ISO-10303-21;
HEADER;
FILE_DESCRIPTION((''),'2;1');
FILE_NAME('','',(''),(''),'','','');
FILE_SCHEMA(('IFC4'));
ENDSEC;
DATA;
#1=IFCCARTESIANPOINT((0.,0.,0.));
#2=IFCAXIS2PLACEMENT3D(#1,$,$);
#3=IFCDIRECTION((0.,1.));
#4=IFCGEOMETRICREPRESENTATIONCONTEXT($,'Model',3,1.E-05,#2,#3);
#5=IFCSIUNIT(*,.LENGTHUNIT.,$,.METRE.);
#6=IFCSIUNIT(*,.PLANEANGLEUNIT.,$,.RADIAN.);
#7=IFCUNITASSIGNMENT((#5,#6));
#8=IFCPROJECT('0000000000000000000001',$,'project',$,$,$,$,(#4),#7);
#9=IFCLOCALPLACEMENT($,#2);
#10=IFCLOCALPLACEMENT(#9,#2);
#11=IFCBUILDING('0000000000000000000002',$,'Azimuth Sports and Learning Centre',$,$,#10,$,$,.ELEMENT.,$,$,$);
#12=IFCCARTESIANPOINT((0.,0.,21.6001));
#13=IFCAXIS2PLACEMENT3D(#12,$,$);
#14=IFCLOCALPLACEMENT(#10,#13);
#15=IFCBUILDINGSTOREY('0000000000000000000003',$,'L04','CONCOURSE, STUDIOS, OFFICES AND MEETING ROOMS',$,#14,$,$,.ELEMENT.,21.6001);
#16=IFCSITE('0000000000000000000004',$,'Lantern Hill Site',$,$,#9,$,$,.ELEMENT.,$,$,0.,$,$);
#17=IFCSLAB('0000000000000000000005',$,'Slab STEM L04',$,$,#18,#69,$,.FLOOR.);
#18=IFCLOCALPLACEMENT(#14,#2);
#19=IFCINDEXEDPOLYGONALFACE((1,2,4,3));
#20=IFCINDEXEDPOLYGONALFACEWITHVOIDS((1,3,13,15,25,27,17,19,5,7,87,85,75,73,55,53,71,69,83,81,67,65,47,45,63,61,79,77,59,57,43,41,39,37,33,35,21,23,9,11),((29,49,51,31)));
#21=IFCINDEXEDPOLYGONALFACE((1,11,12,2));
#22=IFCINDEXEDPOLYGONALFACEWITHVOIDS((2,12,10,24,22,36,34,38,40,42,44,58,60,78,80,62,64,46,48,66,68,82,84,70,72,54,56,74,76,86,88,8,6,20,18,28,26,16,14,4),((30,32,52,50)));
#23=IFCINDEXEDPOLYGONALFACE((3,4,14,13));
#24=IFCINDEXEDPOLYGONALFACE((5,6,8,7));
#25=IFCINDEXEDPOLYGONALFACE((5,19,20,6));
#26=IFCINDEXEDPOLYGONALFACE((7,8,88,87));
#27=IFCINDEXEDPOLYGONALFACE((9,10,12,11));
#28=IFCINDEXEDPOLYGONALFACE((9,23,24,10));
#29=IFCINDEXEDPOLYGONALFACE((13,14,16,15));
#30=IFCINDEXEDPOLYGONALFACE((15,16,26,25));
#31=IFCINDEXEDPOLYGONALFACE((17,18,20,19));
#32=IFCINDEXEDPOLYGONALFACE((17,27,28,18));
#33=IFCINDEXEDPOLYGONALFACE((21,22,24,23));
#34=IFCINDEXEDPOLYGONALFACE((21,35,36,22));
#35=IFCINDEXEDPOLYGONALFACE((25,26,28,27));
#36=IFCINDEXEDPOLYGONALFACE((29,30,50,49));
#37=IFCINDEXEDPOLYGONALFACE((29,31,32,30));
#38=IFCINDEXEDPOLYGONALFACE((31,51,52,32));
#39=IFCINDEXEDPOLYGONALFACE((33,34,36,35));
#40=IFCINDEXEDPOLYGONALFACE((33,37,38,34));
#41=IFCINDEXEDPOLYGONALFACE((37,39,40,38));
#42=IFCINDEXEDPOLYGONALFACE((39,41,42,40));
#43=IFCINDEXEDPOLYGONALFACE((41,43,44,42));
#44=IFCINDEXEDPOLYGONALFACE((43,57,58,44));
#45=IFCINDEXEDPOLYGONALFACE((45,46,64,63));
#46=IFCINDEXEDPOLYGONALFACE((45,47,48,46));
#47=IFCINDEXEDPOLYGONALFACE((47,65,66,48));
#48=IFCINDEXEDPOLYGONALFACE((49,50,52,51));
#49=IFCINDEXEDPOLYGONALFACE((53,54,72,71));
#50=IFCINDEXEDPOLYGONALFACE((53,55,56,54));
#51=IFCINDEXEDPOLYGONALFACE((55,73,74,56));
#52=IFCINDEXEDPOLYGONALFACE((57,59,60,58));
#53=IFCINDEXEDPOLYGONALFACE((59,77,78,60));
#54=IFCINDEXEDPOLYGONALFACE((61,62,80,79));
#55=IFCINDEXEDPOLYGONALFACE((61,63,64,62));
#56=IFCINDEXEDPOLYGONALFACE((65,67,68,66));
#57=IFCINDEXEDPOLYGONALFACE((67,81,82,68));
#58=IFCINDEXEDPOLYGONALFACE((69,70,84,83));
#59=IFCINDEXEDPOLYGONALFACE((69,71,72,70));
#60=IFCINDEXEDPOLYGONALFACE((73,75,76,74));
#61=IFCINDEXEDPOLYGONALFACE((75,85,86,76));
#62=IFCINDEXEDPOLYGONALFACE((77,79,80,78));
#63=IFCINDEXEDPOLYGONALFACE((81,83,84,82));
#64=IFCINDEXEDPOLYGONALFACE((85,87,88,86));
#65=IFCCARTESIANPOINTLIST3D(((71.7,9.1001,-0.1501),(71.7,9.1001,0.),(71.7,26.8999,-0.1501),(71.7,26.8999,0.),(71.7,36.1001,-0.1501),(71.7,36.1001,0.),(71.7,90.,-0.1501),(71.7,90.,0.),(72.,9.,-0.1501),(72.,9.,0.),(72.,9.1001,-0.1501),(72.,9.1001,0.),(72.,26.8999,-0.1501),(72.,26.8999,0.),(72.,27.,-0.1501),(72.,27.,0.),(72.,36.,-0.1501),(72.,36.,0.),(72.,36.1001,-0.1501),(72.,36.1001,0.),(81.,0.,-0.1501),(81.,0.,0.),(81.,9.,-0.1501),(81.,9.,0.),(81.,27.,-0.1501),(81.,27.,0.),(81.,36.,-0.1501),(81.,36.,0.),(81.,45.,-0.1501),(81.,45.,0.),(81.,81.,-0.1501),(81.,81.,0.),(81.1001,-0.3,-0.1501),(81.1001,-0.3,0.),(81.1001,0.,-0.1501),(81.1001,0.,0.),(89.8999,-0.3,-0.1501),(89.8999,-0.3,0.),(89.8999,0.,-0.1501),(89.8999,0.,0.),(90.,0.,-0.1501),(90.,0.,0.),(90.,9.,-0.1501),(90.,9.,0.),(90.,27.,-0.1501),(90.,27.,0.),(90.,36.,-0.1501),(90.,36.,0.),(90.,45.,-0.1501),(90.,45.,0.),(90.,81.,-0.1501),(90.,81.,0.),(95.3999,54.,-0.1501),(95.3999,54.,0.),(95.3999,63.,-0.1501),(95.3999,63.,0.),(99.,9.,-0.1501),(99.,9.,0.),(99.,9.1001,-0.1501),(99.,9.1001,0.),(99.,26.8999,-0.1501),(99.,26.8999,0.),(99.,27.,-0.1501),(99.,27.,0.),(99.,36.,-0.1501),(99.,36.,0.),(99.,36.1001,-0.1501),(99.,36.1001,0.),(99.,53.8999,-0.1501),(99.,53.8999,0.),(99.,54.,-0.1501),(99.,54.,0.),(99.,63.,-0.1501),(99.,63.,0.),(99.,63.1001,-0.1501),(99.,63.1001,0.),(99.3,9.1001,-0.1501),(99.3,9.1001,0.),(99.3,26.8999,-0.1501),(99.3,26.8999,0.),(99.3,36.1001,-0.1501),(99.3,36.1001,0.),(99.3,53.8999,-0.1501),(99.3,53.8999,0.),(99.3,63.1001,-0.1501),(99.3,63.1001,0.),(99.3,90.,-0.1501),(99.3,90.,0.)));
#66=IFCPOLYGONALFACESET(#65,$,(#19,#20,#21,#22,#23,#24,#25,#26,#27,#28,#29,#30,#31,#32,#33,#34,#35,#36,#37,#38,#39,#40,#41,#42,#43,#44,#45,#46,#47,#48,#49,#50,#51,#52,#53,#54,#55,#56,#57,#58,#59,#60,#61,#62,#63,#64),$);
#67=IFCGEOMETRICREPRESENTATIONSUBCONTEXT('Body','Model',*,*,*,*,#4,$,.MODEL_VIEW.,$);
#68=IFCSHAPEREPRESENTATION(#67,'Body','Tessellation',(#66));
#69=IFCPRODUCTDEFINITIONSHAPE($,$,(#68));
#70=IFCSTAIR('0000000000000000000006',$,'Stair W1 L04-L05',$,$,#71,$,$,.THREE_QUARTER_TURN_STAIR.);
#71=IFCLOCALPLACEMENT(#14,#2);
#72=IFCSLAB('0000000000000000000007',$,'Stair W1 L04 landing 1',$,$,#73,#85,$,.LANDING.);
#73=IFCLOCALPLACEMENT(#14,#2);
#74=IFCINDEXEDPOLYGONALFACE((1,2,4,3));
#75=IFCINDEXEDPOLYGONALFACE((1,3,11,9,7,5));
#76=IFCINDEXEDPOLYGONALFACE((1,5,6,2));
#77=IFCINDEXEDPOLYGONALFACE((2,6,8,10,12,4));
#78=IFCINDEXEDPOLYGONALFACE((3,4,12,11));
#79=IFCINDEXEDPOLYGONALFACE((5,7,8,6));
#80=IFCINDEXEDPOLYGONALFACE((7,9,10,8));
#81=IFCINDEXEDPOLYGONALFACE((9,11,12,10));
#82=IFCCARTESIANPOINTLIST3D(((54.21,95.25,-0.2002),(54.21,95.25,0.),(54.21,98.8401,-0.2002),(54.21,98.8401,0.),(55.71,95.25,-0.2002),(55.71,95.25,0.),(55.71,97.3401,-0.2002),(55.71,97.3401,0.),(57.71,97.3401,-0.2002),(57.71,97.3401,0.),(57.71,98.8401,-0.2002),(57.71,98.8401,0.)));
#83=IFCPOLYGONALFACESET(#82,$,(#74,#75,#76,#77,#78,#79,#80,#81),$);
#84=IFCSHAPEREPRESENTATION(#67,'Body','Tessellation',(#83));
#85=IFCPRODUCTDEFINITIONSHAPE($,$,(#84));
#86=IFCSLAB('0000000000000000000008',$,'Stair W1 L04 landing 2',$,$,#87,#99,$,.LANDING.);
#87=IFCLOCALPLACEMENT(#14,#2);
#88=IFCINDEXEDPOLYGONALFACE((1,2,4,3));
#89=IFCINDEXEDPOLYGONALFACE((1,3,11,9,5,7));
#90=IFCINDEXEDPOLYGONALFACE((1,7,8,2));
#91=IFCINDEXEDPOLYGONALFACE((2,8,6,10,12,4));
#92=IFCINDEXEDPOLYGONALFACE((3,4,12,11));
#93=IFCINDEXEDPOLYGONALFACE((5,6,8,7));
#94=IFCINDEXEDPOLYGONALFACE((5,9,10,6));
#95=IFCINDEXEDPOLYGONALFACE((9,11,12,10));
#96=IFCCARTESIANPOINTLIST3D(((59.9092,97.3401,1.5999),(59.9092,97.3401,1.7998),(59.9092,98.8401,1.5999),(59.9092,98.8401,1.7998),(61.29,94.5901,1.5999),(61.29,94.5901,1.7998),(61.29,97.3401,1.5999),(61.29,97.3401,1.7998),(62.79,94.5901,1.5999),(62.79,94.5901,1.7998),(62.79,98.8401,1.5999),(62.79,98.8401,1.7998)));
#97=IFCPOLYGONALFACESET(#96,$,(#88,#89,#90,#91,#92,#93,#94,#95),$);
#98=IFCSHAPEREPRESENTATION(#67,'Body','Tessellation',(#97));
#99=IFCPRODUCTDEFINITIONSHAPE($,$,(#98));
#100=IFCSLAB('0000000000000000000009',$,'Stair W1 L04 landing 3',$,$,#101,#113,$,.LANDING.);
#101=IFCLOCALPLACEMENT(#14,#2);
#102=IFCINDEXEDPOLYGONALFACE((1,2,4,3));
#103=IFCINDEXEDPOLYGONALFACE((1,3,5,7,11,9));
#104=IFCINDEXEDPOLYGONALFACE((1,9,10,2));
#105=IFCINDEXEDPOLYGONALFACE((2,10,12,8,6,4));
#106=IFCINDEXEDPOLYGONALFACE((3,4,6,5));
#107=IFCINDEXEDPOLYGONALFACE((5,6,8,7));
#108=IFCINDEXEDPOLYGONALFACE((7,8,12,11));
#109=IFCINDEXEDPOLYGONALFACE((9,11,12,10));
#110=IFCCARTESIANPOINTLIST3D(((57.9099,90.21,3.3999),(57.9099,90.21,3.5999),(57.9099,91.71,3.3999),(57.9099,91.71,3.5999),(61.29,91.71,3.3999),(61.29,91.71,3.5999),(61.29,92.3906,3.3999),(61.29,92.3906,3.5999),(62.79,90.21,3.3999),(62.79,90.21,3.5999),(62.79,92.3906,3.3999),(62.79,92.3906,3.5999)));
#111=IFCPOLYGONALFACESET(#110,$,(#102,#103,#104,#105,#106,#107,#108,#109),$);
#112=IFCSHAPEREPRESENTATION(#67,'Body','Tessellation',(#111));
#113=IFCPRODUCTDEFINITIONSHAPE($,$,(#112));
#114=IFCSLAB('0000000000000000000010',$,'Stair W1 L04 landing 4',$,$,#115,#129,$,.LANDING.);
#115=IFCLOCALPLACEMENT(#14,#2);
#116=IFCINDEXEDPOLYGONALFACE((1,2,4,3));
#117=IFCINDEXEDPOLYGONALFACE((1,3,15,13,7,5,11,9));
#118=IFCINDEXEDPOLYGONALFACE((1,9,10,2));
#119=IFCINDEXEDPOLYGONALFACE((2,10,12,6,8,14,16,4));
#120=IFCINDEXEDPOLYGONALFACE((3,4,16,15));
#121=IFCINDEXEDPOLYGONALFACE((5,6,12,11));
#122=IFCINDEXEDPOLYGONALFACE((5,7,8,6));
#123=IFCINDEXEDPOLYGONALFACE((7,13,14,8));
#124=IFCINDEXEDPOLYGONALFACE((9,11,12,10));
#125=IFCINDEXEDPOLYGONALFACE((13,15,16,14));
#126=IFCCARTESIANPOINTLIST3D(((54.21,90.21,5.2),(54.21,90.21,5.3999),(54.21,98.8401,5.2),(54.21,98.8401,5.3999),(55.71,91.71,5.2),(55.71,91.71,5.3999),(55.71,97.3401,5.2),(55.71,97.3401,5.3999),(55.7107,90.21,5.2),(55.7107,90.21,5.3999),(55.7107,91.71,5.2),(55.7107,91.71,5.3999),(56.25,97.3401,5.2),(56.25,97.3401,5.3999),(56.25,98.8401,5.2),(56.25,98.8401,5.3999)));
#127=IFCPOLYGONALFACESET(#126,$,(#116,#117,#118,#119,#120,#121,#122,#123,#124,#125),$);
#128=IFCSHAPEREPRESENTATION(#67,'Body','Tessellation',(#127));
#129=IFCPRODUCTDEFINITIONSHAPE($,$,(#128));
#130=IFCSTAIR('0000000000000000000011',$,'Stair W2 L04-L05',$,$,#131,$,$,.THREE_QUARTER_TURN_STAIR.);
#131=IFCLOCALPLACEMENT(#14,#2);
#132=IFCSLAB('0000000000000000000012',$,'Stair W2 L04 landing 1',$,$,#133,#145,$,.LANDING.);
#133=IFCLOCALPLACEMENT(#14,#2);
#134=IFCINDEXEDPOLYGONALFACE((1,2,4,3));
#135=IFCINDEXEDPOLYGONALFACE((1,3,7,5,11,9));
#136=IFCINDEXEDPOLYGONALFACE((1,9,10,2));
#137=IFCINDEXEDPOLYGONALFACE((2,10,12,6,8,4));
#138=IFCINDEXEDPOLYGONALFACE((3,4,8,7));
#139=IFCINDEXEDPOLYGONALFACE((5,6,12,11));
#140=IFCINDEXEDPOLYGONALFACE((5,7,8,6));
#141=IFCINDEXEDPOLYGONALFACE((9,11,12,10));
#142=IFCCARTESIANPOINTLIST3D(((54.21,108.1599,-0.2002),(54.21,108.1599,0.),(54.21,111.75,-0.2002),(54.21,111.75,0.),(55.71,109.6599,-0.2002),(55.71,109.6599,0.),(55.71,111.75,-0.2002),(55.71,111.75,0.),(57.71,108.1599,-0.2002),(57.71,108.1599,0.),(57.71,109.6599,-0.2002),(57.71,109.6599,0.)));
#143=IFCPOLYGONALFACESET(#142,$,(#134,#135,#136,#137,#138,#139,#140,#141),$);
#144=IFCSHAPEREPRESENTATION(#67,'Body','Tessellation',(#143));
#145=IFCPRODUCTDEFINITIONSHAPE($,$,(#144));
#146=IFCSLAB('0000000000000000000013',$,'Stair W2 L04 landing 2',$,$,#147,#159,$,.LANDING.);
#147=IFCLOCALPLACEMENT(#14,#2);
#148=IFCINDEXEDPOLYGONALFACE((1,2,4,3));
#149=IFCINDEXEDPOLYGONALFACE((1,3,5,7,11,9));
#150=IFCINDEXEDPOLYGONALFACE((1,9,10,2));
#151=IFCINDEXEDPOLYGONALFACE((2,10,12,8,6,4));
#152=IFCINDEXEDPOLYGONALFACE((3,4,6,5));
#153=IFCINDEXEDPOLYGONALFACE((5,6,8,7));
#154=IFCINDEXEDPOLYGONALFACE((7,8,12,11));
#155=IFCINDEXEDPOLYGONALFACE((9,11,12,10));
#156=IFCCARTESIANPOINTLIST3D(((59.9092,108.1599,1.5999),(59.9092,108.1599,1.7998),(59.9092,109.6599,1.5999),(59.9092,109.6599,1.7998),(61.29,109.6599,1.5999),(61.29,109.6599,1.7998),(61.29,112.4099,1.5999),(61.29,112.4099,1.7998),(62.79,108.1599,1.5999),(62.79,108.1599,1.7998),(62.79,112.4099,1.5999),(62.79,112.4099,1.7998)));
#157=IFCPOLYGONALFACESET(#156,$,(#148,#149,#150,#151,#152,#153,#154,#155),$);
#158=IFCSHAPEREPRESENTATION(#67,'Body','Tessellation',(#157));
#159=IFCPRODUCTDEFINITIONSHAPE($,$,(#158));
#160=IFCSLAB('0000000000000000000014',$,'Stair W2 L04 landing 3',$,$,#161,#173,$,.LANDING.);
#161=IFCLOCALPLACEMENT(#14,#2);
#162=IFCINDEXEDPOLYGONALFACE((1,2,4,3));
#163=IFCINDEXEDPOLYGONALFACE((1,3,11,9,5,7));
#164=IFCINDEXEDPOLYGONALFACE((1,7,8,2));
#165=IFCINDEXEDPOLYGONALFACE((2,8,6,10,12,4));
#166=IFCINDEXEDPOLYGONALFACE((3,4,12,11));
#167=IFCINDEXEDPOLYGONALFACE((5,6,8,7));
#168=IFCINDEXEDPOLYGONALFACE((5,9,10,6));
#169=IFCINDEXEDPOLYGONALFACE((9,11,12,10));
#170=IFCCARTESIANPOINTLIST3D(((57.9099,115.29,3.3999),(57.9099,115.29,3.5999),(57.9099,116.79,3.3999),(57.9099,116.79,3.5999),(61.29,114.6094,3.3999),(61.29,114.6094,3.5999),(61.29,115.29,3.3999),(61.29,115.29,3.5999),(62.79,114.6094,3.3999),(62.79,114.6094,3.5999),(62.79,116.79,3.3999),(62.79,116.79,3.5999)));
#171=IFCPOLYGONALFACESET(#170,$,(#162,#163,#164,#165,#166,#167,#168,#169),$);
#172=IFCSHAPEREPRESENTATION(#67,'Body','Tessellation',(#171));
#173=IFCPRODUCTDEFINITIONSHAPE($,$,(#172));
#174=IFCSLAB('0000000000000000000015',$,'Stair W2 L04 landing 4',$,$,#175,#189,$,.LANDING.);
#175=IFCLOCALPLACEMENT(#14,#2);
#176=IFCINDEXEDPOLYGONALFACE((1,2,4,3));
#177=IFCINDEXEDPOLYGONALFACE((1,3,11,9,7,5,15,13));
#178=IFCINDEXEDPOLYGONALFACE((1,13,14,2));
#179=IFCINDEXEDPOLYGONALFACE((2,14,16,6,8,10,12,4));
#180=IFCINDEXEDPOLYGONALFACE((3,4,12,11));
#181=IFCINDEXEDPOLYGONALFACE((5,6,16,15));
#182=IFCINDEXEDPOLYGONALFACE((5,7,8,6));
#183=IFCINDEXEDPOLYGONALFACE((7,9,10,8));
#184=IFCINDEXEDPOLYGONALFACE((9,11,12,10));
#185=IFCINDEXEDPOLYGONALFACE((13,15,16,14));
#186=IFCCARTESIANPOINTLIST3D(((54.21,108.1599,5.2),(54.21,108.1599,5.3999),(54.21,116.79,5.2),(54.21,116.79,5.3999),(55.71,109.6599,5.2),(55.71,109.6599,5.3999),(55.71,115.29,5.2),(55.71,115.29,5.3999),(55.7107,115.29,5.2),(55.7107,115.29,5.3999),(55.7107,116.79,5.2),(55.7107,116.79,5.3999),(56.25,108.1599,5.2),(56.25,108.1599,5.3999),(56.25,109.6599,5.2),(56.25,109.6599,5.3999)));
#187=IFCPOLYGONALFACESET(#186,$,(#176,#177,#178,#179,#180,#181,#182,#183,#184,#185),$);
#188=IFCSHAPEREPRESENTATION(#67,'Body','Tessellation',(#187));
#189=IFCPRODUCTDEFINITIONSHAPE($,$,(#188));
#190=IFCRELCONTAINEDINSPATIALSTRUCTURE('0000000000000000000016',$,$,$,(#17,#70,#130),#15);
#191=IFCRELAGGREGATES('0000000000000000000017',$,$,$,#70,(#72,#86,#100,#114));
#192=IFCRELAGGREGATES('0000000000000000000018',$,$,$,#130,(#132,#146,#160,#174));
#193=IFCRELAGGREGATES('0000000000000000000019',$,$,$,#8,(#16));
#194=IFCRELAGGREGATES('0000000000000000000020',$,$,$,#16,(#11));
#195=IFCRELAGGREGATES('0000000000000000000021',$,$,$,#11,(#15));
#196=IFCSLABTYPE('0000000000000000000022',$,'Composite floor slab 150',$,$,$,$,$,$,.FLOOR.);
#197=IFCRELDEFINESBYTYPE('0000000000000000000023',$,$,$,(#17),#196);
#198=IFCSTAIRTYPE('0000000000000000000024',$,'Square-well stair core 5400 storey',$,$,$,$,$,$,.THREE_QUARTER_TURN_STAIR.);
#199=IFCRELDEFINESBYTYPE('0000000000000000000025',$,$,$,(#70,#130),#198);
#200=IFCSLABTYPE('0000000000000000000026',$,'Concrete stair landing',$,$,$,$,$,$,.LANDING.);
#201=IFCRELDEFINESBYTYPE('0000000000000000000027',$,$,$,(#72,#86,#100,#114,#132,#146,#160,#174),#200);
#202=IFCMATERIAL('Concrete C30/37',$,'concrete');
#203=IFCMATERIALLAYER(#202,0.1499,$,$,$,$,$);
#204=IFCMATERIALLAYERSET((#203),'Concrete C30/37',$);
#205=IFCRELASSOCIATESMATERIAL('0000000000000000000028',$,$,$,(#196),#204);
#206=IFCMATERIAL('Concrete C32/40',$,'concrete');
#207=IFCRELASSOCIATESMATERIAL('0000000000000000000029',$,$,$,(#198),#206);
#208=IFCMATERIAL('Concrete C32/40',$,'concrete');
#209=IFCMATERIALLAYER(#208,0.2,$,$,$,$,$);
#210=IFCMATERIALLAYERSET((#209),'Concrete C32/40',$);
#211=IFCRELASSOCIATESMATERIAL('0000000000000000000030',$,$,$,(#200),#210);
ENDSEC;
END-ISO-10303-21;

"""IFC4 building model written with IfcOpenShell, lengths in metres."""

from ifc_helpers import new_model, si_unit, direction, frame, origin, place, context, subcontext, project, spatial, polyline, outline, extrude, material, layer, layer_set, type_object, element, aggregate, save


model = new_model("IFC4")

# Units and contexts
model_context = context("Model", 3, precision=1e-05, world=origin(), true_north=direction((0.0, 1.0)))
body_context = subcontext(model_context, "Body", "Model", "MODEL_VIEW")
ifc_project = project(units=[si_unit("LENGTHUNIT", "METRE"), si_unit("PLANEANGLEUNIT", "RADIAN")], contexts=[model_context])

# Site, building, storey
site_placement = place(None, origin())
site = spatial("IfcSite", under=ifc_project, at=site_placement, Name="Lantern Hill Site", CompositionType="ELEMENT", RefElevation=0.0)
building_placement = place(site_placement, origin())
building = spatial("IfcBuilding", under=site, at=building_placement, Name="Azimuth Sports and Learning Centre", CompositionType="ELEMENT")
storey_placement = place(building_placement, frame((0.0, 0.0, 21.6001)))
storey = spatial("IfcBuildingStorey", under=building, at=storey_placement, Name="L04", Description="CONCOURSE, STUDIOS, OFFICES AND MEETING ROOMS", CompositionType="ELEMENT", Elevation=21.6001)

# Slab
ifc_material_1 = material(Name="Concrete C30/37", Category="concrete")
ifc_layer_1 = layer(ifc_material_1, 0.1499)
ifc_layer_set_1 = layer_set([ifc_layer_1], Name="Concrete C30/37")
slab_type_1 = type_object("IfcSlabType", Name="Composite floor slab 150", PredefinedType="FLOOR", material=ifc_layer_set_1)
slab_1_placement = place(storey_placement, frame((0.0, 0.0, -0.1501)))
element("IfcSlab", 1, at=slab_1_placement, inside=storey, type_object=slab_type_1, Name="Slab STEM L04", PredefinedType="FLOOR", context=body_context, shape_type="SweptSolid", body=[
    extrude(outline(polyline([(81.1001, -0.3), (89.8999, -0.3), (89.8999, 0.0), (90.0, 0.0), (90.0, 9.0), (99.0, 9.0), (99.0, 9.1001), (99.3, 9.1001), (99.3, 26.8999), (99.0, 26.8999), (99.0, 27.0), (90.0, 27.0), (90.0, 36.0), (99.0, 36.0), (99.0, 36.1001), (99.3, 36.1001), (99.3, 53.8999), (99.0, 53.8999), (99.0, 54.0), (95.3999, 54.0), (95.3999, 63.0), (99.0, 63.0), (99.0, 63.1001), (99.3, 63.1001), (99.3, 90.0), (71.7, 90.0), (71.7, 36.1001), (72.0, 36.1001), (72.0, 36.0), (81.0, 36.0), (81.0, 27.0), (72.0, 27.0), (72.0, 26.8999), (71.7, 26.8999), (71.7, 9.1001), (72.0, 9.1001), (72.0, 9.0), (81.0, 9.0), (81.0, 0.0), (81.1001, 0.0), (81.1001, -0.3)]), holes=[polyline([(81.0, 45.0), (81.0, 81.0), (90.0, 81.0), (90.0, 45.0), (81.0, 45.0)])]), origin(), (0.0, 0.0, 1.0), 0.1501),
])

# Stairs, slabs
ifc_material_2 = material(Name="Concrete C32/40", Category="concrete")
stair_type = type_object("IfcStairType", Name="Square-well stair core 5400 storey", PredefinedType="THREE_QUARTER_TURN_STAIR", material=ifc_material_2)
stair_1_placement = place(storey_placement, origin())
stair_1 = element("IfcStair", 2, at=stair_1_placement, inside=storey, type_object=stair_type, Name="Stair W1 L04-L05", PredefinedType="THREE_QUARTER_TURN_STAIR")
ifc_material_3 = material(Name="Concrete C32/40", Category="concrete")
ifc_layer_2 = layer(ifc_material_3, 0.2)
ifc_layer_set_2 = layer_set([ifc_layer_2], Name="Concrete C32/40")
slab_type_2 = type_object("IfcSlabType", Name="Concrete stair landing", PredefinedType="LANDING", material=ifc_layer_set_2)
slab_2_placement = place(storey_placement, frame((0.0, 0.0, -0.2002)))
slab_2 = element("IfcSlab", 3, at=slab_2_placement, type_object=slab_type_2, Name="Stair W1 L04 landing 1", PredefinedType="LANDING", context=body_context, shape_type="SweptSolid", body=[
    extrude(outline(polyline([(54.21, 98.8401), (54.21, 95.25), (55.71, 95.25), (55.71, 97.3401), (57.71, 97.3401), (57.71, 98.8401), (54.21, 98.8401)])), origin(), (0.0, 0.0, 1.0), 0.2002),
])
slab_3_placement = place(storey_placement, frame((0.0, 0.0, 1.5999)))
slab_3 = element("IfcSlab", 4, at=slab_3_placement, type_object=slab_type_2, Name="Stair W1 L04 landing 2", PredefinedType="LANDING", context=body_context, shape_type="SweptSolid", body=[
    extrude(outline(polyline([(61.29, 97.3401), (61.29, 94.5901), (62.79, 94.5901), (62.79, 98.8401), (59.9092, 98.8401), (59.9092, 97.3401), (61.29, 97.3401)])), origin(), (0.0, 0.0, 1.0), 0.2),
])
slab_4_placement = place(storey_placement, frame((0.0, 0.0, 3.3999)))
slab_4 = element("IfcSlab", 5, at=slab_4_placement, type_object=slab_type_2, Name="Stair W1 L04 landing 3", PredefinedType="LANDING", context=body_context, shape_type="SweptSolid", body=[
    extrude(outline(polyline([(61.29, 91.71), (57.9099, 91.71), (57.9099, 90.21), (62.79, 90.21), (62.79, 92.3906), (61.29, 92.3906), (61.29, 91.71)])), origin(), (0.0, 0.0, 1.0), 0.2),
])
slab_5_placement = place(storey_placement, frame((0.0, 0.0, 5.2)))
slab_5 = element("IfcSlab", 6, at=slab_5_placement, type_object=slab_type_2, Name="Stair W1 L04 landing 4", PredefinedType="LANDING", context=body_context, shape_type="SweptSolid", body=[
    extrude(outline(polyline([(55.71, 91.71), (55.71, 97.3401), (56.25, 97.3401), (56.25, 98.8401), (54.21, 98.8401), (54.21, 90.21), (55.7107, 90.21), (55.7107, 91.71), (55.71, 91.71)])), origin(), (0.0, 0.0, 1.0), 0.2),
])
aggregate(stair_1, [slab_2, slab_3, slab_4, slab_5])
stair_2_placement = place(storey_placement, origin())
stair_2 = element("IfcStair", 7, at=stair_2_placement, inside=storey, type_object=stair_type, Name="Stair W2 L04-L05", PredefinedType="THREE_QUARTER_TURN_STAIR")
slab_6_placement = place(storey_placement, frame((0.0, 0.0, -0.2002)))
slab_6 = element("IfcSlab", 8, at=slab_6_placement, type_object=slab_type_2, Name="Stair W2 L04 landing 1", PredefinedType="LANDING", context=body_context, shape_type="SweptSolid", body=[
    extrude(outline(polyline([(57.71, 109.6599), (55.71, 109.6599), (55.71, 111.75), (54.21, 111.75), (54.21, 108.1599), (57.71, 108.1599), (57.71, 109.6599)])), origin(), (0.0, 0.0, 1.0), 0.2002),
])
slab_7_placement = place(storey_placement, frame((0.0, 0.0, 1.5999)))
slab_7 = element("IfcSlab", 9, at=slab_7_placement, type_object=slab_type_2, Name="Stair W2 L04 landing 2", PredefinedType="LANDING", context=body_context, shape_type="SweptSolid", body=[
    extrude(outline(polyline([(61.29, 109.6599), (59.9092, 109.6599), (59.9092, 108.1599), (62.79, 108.1599), (62.79, 112.4099), (61.29, 112.4099), (61.29, 109.6599)])), origin(), (0.0, 0.0, 1.0), 0.2),
])
slab_8_placement = place(storey_placement, frame((0.0, 0.0, 3.3999)))
slab_8 = element("IfcSlab", 10, at=slab_8_placement, type_object=slab_type_2, Name="Stair W2 L04 landing 3", PredefinedType="LANDING", context=body_context, shape_type="SweptSolid", body=[
    extrude(outline(polyline([(61.29, 115.29), (61.29, 114.6094), (62.79, 114.6094), (62.79, 116.79), (57.9099, 116.79), (57.9099, 115.29), (61.29, 115.29)])), origin(), (0.0, 0.0, 1.0), 0.2),
])
slab_9_placement = place(storey_placement, frame((0.0, 0.0, 5.2)))
slab_9 = element("IfcSlab", 11, at=slab_9_placement, type_object=slab_type_2, Name="Stair W2 L04 landing 4", PredefinedType="LANDING", context=body_context, shape_type="SweptSolid", body=[
    extrude(outline(polyline([(55.71, 115.29), (55.7107, 115.29), (55.7107, 116.79), (54.21, 116.79), (54.21, 108.1599), (56.25, 108.1599), (56.25, 109.6599), (55.71, 109.6599), (55.71, 115.29)])), origin(), (0.0, 0.0, 1.0), 0.2),
])
aggregate(stair_2, [slab_6, slab_7, slab_8, slab_9])

save(model, "model.ifc")
